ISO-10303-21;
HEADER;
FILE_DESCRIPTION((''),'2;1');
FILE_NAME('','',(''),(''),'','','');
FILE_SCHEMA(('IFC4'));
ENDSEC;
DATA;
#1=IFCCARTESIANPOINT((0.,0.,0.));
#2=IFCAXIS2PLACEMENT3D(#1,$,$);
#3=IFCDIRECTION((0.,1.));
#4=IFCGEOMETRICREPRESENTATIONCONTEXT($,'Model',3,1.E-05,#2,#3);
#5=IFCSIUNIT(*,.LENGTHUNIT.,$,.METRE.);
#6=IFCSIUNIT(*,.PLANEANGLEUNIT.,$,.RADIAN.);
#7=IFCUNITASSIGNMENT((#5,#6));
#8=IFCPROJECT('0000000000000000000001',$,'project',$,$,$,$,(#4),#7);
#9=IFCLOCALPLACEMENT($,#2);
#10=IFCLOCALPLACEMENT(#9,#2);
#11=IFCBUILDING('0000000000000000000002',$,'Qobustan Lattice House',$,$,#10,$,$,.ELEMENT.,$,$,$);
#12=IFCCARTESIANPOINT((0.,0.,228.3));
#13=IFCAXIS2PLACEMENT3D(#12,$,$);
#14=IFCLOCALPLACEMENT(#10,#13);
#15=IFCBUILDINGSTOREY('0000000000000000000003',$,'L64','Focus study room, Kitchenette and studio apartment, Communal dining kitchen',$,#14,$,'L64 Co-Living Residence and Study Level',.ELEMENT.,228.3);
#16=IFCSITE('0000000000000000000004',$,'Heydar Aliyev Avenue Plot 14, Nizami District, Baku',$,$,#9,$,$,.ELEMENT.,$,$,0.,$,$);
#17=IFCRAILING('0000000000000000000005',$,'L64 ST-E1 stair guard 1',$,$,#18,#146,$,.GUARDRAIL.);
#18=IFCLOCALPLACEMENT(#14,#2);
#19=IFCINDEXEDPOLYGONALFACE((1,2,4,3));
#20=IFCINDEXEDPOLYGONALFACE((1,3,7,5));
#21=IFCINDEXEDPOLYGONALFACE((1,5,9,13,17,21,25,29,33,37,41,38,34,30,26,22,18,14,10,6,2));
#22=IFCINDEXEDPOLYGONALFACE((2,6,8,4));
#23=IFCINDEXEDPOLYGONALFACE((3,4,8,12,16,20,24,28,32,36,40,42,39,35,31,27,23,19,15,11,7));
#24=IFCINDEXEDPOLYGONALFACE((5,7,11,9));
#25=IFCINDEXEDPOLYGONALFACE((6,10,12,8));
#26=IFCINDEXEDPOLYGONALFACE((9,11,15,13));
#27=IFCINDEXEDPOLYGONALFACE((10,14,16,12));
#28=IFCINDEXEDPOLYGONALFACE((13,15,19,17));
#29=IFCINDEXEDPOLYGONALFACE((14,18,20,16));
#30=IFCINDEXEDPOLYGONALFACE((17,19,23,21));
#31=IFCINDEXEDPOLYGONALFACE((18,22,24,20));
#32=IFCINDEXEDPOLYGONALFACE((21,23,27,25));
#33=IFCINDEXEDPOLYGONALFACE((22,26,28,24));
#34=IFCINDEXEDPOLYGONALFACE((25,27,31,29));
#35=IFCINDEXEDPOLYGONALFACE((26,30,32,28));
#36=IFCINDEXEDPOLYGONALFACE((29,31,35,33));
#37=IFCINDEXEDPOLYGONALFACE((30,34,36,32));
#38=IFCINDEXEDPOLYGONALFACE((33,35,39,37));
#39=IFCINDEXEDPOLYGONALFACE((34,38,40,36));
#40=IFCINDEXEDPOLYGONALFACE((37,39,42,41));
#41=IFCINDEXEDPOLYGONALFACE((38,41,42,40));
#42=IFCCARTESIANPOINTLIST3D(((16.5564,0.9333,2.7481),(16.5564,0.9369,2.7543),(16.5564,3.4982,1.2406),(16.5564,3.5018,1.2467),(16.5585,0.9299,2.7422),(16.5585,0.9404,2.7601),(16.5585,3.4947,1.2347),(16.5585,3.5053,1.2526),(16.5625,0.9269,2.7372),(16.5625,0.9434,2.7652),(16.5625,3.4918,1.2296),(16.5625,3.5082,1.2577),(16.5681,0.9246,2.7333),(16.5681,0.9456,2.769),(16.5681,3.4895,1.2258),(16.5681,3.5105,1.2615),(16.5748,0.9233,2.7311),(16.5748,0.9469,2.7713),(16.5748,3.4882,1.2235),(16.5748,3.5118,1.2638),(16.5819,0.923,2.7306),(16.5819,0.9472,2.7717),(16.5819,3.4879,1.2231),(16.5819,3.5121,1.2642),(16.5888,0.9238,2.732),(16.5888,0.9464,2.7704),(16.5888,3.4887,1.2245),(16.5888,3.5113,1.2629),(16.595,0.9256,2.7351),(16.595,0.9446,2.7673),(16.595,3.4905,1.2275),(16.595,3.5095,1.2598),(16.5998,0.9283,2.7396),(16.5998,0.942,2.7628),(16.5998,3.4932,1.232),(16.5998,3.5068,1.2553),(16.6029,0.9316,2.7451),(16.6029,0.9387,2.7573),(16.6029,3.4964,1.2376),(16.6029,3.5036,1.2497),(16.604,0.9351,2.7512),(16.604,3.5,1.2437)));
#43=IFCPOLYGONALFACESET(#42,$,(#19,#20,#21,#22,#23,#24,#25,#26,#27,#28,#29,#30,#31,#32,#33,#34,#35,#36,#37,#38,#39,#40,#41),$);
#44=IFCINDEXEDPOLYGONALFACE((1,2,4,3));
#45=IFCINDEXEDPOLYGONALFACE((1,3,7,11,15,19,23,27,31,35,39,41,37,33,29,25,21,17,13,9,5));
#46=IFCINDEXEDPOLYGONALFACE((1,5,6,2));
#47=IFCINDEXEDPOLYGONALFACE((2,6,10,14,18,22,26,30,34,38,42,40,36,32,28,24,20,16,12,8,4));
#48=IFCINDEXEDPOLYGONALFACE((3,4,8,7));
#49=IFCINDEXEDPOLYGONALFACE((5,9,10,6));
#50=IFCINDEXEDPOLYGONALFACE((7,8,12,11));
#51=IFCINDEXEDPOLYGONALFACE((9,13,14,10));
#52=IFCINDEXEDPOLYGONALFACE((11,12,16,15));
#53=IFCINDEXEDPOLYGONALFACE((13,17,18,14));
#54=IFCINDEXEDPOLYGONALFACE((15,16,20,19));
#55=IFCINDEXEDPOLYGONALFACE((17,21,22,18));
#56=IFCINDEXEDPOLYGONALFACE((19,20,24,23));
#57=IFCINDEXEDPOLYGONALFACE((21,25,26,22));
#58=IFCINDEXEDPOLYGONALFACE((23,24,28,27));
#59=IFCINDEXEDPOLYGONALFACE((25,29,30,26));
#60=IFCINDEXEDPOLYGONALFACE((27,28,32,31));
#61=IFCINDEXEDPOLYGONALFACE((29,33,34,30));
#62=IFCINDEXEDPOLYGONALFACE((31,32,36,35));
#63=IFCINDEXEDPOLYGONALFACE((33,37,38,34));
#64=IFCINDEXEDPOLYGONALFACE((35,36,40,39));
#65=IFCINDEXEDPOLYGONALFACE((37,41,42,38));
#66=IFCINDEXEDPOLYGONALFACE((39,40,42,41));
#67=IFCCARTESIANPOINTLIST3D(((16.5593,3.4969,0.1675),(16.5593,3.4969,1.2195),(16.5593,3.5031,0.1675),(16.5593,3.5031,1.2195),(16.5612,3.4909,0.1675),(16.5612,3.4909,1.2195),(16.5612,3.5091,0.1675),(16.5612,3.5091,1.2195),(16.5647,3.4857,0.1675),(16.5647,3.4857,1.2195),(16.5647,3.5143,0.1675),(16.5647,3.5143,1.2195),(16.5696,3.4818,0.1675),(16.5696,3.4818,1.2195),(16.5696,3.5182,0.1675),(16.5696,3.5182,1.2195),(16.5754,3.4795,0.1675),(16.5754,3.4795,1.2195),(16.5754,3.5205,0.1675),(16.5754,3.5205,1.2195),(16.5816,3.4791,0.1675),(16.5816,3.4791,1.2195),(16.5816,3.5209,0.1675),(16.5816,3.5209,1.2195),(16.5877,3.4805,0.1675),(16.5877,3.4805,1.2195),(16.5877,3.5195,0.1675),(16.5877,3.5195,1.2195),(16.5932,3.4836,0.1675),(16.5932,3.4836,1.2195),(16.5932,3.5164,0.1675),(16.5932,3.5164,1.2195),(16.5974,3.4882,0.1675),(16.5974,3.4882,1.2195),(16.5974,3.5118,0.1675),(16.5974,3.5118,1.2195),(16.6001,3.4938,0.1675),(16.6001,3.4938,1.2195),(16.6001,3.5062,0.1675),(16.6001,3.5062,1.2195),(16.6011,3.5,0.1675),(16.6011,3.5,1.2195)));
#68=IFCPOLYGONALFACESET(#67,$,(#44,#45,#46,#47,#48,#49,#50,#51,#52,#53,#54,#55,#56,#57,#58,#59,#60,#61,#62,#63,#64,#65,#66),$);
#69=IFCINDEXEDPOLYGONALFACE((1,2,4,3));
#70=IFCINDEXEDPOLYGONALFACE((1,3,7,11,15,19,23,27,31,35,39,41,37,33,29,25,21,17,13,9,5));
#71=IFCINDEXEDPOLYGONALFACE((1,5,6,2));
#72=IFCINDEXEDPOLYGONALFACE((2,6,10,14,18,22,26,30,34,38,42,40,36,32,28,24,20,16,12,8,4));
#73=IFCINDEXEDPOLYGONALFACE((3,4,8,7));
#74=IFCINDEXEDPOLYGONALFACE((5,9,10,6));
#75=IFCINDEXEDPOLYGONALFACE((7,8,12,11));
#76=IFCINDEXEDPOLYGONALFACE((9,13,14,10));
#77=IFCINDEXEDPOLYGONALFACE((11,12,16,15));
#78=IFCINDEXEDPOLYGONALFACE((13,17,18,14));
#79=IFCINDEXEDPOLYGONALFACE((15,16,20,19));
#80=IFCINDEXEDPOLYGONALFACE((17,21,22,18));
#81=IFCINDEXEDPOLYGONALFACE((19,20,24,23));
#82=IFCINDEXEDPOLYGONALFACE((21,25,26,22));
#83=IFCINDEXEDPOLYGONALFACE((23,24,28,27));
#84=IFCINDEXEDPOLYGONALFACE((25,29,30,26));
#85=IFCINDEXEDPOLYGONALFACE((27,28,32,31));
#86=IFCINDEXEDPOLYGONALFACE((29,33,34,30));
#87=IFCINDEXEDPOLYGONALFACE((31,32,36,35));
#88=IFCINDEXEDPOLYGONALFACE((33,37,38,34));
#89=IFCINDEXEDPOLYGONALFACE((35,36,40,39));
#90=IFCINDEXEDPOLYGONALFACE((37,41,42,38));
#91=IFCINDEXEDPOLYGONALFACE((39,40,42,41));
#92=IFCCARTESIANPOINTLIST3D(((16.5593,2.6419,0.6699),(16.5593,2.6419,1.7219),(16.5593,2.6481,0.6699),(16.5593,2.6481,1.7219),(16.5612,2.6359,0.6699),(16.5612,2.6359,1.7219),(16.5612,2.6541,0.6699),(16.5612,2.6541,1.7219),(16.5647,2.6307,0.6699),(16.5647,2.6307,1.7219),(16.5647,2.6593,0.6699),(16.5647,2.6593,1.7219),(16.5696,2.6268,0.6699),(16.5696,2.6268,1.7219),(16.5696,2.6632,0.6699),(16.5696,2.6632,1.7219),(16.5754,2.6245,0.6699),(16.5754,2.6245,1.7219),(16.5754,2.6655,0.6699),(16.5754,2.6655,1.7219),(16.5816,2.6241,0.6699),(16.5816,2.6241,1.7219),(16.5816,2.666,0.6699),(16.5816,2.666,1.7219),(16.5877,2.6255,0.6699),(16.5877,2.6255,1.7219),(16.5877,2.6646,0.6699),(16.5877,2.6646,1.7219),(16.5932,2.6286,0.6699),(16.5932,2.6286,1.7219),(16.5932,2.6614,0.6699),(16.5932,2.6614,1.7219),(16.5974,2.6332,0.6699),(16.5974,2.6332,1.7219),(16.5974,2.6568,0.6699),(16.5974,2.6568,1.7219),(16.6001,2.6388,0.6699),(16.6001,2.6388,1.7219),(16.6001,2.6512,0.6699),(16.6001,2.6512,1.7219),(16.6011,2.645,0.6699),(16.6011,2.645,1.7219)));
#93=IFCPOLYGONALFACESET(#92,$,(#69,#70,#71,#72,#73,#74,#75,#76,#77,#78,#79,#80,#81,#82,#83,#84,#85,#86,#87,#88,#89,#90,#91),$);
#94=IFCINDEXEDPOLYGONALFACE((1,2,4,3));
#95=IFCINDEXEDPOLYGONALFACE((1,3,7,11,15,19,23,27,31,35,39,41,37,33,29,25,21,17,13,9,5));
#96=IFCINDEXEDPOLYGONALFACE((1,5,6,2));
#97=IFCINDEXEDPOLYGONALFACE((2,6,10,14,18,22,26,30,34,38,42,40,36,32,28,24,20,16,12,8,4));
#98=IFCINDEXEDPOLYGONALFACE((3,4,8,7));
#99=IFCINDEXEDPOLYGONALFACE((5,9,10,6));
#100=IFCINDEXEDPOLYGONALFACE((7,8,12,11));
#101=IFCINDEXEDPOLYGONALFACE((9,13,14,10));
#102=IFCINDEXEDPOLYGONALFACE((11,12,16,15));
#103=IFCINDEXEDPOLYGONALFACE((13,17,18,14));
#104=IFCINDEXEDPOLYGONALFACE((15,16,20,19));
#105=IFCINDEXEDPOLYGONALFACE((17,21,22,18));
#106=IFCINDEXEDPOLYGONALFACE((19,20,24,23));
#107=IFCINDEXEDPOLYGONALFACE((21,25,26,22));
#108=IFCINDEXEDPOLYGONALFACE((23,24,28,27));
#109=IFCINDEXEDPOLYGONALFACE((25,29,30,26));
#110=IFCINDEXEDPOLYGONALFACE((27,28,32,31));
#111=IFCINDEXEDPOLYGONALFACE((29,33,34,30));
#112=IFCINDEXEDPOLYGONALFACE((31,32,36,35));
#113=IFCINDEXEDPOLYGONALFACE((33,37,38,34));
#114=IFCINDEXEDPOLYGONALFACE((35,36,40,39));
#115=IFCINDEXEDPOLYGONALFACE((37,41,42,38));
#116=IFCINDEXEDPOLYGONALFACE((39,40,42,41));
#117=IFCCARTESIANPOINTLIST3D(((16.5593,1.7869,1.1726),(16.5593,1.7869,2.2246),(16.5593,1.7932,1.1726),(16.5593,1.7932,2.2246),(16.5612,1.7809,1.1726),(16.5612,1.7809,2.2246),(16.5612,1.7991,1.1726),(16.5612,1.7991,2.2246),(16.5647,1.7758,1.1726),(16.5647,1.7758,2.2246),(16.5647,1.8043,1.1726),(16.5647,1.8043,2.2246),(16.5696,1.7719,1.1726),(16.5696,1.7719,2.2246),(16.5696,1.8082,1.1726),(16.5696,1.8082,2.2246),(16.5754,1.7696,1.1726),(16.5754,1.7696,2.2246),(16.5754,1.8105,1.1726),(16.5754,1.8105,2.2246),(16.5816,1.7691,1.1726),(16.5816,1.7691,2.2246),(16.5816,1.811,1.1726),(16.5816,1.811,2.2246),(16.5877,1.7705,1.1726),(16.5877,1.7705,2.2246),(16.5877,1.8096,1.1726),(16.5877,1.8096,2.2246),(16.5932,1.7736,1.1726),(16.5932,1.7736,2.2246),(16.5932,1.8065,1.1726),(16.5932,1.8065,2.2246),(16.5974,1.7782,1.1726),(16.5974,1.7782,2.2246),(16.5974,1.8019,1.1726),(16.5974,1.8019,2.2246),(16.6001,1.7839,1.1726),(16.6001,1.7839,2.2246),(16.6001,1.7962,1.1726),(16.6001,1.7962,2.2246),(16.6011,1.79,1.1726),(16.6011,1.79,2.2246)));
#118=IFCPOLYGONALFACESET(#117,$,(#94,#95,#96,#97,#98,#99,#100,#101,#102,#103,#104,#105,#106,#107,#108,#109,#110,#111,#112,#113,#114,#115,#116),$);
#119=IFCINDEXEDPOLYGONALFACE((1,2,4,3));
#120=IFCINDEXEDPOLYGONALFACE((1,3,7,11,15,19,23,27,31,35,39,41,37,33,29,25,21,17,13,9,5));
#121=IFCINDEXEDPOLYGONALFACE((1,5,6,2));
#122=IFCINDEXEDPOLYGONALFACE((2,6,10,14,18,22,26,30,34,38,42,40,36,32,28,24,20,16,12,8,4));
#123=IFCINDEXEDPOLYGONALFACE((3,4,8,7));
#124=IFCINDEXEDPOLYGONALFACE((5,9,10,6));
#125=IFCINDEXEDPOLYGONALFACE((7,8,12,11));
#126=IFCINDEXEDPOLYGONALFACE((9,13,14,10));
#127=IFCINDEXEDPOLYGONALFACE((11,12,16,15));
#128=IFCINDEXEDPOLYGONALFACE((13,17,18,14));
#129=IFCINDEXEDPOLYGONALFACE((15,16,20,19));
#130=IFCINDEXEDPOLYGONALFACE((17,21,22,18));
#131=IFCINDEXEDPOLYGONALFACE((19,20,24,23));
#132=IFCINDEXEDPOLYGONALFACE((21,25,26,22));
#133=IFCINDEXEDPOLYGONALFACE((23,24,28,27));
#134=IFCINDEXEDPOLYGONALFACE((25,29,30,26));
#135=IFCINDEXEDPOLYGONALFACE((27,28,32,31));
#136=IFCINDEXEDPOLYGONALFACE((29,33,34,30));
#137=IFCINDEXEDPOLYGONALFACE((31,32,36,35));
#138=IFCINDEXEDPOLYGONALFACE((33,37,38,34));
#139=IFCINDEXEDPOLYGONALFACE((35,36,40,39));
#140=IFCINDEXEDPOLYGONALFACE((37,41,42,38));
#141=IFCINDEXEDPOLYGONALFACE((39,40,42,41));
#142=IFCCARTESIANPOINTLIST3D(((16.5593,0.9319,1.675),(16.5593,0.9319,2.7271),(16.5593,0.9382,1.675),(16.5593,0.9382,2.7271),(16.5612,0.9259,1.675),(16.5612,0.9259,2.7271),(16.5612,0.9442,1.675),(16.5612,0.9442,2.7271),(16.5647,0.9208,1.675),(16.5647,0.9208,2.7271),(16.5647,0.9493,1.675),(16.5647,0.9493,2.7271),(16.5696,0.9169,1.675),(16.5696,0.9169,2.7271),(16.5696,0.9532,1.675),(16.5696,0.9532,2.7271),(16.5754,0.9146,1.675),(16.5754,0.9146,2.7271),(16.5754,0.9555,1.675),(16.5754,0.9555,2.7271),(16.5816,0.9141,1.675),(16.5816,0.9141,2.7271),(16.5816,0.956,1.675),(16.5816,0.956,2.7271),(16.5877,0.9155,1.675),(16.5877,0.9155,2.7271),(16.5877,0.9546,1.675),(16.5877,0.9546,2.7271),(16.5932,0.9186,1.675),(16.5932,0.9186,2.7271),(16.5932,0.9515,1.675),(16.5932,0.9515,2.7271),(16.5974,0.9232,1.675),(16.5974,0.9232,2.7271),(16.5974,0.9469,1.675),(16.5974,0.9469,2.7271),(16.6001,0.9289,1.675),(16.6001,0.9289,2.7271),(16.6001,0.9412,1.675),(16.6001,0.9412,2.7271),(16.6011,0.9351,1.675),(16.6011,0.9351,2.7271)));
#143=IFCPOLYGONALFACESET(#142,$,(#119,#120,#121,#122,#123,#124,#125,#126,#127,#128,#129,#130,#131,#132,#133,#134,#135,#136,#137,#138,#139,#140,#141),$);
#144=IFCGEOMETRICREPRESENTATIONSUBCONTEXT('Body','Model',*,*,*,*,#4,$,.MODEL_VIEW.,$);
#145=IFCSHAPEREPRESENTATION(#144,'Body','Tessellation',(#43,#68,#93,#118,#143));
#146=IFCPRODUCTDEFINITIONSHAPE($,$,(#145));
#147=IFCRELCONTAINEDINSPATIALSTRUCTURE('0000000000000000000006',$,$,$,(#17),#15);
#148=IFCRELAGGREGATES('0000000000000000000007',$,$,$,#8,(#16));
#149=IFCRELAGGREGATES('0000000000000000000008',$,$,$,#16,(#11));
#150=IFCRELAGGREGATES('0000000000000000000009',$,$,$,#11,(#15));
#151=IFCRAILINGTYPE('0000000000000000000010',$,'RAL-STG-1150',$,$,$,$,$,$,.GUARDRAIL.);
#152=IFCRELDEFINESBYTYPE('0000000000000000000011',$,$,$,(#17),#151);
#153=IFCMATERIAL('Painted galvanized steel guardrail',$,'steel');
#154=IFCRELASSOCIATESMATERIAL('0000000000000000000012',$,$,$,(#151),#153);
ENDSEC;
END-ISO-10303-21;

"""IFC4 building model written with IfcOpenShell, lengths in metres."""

from ifc_helpers import new_model, si_unit, direction, frame, origin, origin_2d, place, context, subcontext, project, spatial, circle, extrude, material, type_object, element, save


model = new_model("IFC4")

# Units and contexts
model_context = context("Model", 3, precision=1e-05, world=origin(), true_north=direction((0.0, 1.0)))
body_context = subcontext(model_context, "Body", "Model", "MODEL_VIEW")
ifc_project = project(units=[si_unit("LENGTHUNIT", "METRE"), si_unit("PLANEANGLEUNIT", "RADIAN")], contexts=[model_context])

# Site, building, storey
site_placement = place(None, origin())
site = spatial("IfcSite", under=ifc_project, at=site_placement, Name="Heydar Aliyev Avenue Plot 14, Nizami District, Baku", CompositionType="ELEMENT", RefElevation=0.0)
building_placement = place(site_placement, origin())
building = spatial("IfcBuilding", under=site, at=building_placement, Name="Qobustan Lattice House", CompositionType="ELEMENT")
storey_placement = place(building_placement, frame((0.0, 0.0, 228.3)))
storey = spatial("IfcBuildingStorey", under=building, at=storey_placement, Name="L64", Description="Focus study room, Kitchenette and studio apartment, Communal dining kitchen", LongName="L64 Co-Living Residence and Study Level", CompositionType="ELEMENT", Elevation=228.3)

# Railing
ifc_material_1 = material(Name="Painted galvanized steel guardrail", Category="steel")
railing_type_1 = type_object("IfcRailingType", Name="RAL-STG-1150", PredefinedType="GUARDRAIL", material=ifc_material_1)
railing_1_placement = place(storey_placement, frame((16.5801, 3.5, 0.1675)))
element("IfcRailing", 1, at=railing_1_placement, inside=storey, type_object=railing_type_1, Name="L64 ST-E1 stair guard 1", PredefinedType="GUARDRAIL", context=body_context, shape_type="SweptSolid", body=[
    extrude(circle(Radius=0.0239, at=origin_2d()), frame((0.0, 0.0, 1.0762), z_axis=(0.0, -0.862113, 0.506715), x_axis=(1.0, 0.0, 0.0)), (0.0, 0.0, 1.0), 2.9751),
    extrude(circle(Radius=0.021, at=origin_2d()), origin(), (0.0, 0.0, 1.0), 1.052),
    extrude(circle(Radius=0.021, at=origin_2d()), frame((0.0, -0.855, 0.5024)), (0.0, 0.0, 1.0), 1.052),
    extrude(circle(Radius=0.021, at=origin_2d()), frame((0.0, -1.71, 1.0051)), (0.0, 0.0, 1.0), 1.052),
    extrude(circle(Radius=0.021, at=origin_2d()), frame((0.0, -2.5649, 1.5076)), (0.0, 0.0, 1.0), 1.052),
])

save(model, "model.ifc")
